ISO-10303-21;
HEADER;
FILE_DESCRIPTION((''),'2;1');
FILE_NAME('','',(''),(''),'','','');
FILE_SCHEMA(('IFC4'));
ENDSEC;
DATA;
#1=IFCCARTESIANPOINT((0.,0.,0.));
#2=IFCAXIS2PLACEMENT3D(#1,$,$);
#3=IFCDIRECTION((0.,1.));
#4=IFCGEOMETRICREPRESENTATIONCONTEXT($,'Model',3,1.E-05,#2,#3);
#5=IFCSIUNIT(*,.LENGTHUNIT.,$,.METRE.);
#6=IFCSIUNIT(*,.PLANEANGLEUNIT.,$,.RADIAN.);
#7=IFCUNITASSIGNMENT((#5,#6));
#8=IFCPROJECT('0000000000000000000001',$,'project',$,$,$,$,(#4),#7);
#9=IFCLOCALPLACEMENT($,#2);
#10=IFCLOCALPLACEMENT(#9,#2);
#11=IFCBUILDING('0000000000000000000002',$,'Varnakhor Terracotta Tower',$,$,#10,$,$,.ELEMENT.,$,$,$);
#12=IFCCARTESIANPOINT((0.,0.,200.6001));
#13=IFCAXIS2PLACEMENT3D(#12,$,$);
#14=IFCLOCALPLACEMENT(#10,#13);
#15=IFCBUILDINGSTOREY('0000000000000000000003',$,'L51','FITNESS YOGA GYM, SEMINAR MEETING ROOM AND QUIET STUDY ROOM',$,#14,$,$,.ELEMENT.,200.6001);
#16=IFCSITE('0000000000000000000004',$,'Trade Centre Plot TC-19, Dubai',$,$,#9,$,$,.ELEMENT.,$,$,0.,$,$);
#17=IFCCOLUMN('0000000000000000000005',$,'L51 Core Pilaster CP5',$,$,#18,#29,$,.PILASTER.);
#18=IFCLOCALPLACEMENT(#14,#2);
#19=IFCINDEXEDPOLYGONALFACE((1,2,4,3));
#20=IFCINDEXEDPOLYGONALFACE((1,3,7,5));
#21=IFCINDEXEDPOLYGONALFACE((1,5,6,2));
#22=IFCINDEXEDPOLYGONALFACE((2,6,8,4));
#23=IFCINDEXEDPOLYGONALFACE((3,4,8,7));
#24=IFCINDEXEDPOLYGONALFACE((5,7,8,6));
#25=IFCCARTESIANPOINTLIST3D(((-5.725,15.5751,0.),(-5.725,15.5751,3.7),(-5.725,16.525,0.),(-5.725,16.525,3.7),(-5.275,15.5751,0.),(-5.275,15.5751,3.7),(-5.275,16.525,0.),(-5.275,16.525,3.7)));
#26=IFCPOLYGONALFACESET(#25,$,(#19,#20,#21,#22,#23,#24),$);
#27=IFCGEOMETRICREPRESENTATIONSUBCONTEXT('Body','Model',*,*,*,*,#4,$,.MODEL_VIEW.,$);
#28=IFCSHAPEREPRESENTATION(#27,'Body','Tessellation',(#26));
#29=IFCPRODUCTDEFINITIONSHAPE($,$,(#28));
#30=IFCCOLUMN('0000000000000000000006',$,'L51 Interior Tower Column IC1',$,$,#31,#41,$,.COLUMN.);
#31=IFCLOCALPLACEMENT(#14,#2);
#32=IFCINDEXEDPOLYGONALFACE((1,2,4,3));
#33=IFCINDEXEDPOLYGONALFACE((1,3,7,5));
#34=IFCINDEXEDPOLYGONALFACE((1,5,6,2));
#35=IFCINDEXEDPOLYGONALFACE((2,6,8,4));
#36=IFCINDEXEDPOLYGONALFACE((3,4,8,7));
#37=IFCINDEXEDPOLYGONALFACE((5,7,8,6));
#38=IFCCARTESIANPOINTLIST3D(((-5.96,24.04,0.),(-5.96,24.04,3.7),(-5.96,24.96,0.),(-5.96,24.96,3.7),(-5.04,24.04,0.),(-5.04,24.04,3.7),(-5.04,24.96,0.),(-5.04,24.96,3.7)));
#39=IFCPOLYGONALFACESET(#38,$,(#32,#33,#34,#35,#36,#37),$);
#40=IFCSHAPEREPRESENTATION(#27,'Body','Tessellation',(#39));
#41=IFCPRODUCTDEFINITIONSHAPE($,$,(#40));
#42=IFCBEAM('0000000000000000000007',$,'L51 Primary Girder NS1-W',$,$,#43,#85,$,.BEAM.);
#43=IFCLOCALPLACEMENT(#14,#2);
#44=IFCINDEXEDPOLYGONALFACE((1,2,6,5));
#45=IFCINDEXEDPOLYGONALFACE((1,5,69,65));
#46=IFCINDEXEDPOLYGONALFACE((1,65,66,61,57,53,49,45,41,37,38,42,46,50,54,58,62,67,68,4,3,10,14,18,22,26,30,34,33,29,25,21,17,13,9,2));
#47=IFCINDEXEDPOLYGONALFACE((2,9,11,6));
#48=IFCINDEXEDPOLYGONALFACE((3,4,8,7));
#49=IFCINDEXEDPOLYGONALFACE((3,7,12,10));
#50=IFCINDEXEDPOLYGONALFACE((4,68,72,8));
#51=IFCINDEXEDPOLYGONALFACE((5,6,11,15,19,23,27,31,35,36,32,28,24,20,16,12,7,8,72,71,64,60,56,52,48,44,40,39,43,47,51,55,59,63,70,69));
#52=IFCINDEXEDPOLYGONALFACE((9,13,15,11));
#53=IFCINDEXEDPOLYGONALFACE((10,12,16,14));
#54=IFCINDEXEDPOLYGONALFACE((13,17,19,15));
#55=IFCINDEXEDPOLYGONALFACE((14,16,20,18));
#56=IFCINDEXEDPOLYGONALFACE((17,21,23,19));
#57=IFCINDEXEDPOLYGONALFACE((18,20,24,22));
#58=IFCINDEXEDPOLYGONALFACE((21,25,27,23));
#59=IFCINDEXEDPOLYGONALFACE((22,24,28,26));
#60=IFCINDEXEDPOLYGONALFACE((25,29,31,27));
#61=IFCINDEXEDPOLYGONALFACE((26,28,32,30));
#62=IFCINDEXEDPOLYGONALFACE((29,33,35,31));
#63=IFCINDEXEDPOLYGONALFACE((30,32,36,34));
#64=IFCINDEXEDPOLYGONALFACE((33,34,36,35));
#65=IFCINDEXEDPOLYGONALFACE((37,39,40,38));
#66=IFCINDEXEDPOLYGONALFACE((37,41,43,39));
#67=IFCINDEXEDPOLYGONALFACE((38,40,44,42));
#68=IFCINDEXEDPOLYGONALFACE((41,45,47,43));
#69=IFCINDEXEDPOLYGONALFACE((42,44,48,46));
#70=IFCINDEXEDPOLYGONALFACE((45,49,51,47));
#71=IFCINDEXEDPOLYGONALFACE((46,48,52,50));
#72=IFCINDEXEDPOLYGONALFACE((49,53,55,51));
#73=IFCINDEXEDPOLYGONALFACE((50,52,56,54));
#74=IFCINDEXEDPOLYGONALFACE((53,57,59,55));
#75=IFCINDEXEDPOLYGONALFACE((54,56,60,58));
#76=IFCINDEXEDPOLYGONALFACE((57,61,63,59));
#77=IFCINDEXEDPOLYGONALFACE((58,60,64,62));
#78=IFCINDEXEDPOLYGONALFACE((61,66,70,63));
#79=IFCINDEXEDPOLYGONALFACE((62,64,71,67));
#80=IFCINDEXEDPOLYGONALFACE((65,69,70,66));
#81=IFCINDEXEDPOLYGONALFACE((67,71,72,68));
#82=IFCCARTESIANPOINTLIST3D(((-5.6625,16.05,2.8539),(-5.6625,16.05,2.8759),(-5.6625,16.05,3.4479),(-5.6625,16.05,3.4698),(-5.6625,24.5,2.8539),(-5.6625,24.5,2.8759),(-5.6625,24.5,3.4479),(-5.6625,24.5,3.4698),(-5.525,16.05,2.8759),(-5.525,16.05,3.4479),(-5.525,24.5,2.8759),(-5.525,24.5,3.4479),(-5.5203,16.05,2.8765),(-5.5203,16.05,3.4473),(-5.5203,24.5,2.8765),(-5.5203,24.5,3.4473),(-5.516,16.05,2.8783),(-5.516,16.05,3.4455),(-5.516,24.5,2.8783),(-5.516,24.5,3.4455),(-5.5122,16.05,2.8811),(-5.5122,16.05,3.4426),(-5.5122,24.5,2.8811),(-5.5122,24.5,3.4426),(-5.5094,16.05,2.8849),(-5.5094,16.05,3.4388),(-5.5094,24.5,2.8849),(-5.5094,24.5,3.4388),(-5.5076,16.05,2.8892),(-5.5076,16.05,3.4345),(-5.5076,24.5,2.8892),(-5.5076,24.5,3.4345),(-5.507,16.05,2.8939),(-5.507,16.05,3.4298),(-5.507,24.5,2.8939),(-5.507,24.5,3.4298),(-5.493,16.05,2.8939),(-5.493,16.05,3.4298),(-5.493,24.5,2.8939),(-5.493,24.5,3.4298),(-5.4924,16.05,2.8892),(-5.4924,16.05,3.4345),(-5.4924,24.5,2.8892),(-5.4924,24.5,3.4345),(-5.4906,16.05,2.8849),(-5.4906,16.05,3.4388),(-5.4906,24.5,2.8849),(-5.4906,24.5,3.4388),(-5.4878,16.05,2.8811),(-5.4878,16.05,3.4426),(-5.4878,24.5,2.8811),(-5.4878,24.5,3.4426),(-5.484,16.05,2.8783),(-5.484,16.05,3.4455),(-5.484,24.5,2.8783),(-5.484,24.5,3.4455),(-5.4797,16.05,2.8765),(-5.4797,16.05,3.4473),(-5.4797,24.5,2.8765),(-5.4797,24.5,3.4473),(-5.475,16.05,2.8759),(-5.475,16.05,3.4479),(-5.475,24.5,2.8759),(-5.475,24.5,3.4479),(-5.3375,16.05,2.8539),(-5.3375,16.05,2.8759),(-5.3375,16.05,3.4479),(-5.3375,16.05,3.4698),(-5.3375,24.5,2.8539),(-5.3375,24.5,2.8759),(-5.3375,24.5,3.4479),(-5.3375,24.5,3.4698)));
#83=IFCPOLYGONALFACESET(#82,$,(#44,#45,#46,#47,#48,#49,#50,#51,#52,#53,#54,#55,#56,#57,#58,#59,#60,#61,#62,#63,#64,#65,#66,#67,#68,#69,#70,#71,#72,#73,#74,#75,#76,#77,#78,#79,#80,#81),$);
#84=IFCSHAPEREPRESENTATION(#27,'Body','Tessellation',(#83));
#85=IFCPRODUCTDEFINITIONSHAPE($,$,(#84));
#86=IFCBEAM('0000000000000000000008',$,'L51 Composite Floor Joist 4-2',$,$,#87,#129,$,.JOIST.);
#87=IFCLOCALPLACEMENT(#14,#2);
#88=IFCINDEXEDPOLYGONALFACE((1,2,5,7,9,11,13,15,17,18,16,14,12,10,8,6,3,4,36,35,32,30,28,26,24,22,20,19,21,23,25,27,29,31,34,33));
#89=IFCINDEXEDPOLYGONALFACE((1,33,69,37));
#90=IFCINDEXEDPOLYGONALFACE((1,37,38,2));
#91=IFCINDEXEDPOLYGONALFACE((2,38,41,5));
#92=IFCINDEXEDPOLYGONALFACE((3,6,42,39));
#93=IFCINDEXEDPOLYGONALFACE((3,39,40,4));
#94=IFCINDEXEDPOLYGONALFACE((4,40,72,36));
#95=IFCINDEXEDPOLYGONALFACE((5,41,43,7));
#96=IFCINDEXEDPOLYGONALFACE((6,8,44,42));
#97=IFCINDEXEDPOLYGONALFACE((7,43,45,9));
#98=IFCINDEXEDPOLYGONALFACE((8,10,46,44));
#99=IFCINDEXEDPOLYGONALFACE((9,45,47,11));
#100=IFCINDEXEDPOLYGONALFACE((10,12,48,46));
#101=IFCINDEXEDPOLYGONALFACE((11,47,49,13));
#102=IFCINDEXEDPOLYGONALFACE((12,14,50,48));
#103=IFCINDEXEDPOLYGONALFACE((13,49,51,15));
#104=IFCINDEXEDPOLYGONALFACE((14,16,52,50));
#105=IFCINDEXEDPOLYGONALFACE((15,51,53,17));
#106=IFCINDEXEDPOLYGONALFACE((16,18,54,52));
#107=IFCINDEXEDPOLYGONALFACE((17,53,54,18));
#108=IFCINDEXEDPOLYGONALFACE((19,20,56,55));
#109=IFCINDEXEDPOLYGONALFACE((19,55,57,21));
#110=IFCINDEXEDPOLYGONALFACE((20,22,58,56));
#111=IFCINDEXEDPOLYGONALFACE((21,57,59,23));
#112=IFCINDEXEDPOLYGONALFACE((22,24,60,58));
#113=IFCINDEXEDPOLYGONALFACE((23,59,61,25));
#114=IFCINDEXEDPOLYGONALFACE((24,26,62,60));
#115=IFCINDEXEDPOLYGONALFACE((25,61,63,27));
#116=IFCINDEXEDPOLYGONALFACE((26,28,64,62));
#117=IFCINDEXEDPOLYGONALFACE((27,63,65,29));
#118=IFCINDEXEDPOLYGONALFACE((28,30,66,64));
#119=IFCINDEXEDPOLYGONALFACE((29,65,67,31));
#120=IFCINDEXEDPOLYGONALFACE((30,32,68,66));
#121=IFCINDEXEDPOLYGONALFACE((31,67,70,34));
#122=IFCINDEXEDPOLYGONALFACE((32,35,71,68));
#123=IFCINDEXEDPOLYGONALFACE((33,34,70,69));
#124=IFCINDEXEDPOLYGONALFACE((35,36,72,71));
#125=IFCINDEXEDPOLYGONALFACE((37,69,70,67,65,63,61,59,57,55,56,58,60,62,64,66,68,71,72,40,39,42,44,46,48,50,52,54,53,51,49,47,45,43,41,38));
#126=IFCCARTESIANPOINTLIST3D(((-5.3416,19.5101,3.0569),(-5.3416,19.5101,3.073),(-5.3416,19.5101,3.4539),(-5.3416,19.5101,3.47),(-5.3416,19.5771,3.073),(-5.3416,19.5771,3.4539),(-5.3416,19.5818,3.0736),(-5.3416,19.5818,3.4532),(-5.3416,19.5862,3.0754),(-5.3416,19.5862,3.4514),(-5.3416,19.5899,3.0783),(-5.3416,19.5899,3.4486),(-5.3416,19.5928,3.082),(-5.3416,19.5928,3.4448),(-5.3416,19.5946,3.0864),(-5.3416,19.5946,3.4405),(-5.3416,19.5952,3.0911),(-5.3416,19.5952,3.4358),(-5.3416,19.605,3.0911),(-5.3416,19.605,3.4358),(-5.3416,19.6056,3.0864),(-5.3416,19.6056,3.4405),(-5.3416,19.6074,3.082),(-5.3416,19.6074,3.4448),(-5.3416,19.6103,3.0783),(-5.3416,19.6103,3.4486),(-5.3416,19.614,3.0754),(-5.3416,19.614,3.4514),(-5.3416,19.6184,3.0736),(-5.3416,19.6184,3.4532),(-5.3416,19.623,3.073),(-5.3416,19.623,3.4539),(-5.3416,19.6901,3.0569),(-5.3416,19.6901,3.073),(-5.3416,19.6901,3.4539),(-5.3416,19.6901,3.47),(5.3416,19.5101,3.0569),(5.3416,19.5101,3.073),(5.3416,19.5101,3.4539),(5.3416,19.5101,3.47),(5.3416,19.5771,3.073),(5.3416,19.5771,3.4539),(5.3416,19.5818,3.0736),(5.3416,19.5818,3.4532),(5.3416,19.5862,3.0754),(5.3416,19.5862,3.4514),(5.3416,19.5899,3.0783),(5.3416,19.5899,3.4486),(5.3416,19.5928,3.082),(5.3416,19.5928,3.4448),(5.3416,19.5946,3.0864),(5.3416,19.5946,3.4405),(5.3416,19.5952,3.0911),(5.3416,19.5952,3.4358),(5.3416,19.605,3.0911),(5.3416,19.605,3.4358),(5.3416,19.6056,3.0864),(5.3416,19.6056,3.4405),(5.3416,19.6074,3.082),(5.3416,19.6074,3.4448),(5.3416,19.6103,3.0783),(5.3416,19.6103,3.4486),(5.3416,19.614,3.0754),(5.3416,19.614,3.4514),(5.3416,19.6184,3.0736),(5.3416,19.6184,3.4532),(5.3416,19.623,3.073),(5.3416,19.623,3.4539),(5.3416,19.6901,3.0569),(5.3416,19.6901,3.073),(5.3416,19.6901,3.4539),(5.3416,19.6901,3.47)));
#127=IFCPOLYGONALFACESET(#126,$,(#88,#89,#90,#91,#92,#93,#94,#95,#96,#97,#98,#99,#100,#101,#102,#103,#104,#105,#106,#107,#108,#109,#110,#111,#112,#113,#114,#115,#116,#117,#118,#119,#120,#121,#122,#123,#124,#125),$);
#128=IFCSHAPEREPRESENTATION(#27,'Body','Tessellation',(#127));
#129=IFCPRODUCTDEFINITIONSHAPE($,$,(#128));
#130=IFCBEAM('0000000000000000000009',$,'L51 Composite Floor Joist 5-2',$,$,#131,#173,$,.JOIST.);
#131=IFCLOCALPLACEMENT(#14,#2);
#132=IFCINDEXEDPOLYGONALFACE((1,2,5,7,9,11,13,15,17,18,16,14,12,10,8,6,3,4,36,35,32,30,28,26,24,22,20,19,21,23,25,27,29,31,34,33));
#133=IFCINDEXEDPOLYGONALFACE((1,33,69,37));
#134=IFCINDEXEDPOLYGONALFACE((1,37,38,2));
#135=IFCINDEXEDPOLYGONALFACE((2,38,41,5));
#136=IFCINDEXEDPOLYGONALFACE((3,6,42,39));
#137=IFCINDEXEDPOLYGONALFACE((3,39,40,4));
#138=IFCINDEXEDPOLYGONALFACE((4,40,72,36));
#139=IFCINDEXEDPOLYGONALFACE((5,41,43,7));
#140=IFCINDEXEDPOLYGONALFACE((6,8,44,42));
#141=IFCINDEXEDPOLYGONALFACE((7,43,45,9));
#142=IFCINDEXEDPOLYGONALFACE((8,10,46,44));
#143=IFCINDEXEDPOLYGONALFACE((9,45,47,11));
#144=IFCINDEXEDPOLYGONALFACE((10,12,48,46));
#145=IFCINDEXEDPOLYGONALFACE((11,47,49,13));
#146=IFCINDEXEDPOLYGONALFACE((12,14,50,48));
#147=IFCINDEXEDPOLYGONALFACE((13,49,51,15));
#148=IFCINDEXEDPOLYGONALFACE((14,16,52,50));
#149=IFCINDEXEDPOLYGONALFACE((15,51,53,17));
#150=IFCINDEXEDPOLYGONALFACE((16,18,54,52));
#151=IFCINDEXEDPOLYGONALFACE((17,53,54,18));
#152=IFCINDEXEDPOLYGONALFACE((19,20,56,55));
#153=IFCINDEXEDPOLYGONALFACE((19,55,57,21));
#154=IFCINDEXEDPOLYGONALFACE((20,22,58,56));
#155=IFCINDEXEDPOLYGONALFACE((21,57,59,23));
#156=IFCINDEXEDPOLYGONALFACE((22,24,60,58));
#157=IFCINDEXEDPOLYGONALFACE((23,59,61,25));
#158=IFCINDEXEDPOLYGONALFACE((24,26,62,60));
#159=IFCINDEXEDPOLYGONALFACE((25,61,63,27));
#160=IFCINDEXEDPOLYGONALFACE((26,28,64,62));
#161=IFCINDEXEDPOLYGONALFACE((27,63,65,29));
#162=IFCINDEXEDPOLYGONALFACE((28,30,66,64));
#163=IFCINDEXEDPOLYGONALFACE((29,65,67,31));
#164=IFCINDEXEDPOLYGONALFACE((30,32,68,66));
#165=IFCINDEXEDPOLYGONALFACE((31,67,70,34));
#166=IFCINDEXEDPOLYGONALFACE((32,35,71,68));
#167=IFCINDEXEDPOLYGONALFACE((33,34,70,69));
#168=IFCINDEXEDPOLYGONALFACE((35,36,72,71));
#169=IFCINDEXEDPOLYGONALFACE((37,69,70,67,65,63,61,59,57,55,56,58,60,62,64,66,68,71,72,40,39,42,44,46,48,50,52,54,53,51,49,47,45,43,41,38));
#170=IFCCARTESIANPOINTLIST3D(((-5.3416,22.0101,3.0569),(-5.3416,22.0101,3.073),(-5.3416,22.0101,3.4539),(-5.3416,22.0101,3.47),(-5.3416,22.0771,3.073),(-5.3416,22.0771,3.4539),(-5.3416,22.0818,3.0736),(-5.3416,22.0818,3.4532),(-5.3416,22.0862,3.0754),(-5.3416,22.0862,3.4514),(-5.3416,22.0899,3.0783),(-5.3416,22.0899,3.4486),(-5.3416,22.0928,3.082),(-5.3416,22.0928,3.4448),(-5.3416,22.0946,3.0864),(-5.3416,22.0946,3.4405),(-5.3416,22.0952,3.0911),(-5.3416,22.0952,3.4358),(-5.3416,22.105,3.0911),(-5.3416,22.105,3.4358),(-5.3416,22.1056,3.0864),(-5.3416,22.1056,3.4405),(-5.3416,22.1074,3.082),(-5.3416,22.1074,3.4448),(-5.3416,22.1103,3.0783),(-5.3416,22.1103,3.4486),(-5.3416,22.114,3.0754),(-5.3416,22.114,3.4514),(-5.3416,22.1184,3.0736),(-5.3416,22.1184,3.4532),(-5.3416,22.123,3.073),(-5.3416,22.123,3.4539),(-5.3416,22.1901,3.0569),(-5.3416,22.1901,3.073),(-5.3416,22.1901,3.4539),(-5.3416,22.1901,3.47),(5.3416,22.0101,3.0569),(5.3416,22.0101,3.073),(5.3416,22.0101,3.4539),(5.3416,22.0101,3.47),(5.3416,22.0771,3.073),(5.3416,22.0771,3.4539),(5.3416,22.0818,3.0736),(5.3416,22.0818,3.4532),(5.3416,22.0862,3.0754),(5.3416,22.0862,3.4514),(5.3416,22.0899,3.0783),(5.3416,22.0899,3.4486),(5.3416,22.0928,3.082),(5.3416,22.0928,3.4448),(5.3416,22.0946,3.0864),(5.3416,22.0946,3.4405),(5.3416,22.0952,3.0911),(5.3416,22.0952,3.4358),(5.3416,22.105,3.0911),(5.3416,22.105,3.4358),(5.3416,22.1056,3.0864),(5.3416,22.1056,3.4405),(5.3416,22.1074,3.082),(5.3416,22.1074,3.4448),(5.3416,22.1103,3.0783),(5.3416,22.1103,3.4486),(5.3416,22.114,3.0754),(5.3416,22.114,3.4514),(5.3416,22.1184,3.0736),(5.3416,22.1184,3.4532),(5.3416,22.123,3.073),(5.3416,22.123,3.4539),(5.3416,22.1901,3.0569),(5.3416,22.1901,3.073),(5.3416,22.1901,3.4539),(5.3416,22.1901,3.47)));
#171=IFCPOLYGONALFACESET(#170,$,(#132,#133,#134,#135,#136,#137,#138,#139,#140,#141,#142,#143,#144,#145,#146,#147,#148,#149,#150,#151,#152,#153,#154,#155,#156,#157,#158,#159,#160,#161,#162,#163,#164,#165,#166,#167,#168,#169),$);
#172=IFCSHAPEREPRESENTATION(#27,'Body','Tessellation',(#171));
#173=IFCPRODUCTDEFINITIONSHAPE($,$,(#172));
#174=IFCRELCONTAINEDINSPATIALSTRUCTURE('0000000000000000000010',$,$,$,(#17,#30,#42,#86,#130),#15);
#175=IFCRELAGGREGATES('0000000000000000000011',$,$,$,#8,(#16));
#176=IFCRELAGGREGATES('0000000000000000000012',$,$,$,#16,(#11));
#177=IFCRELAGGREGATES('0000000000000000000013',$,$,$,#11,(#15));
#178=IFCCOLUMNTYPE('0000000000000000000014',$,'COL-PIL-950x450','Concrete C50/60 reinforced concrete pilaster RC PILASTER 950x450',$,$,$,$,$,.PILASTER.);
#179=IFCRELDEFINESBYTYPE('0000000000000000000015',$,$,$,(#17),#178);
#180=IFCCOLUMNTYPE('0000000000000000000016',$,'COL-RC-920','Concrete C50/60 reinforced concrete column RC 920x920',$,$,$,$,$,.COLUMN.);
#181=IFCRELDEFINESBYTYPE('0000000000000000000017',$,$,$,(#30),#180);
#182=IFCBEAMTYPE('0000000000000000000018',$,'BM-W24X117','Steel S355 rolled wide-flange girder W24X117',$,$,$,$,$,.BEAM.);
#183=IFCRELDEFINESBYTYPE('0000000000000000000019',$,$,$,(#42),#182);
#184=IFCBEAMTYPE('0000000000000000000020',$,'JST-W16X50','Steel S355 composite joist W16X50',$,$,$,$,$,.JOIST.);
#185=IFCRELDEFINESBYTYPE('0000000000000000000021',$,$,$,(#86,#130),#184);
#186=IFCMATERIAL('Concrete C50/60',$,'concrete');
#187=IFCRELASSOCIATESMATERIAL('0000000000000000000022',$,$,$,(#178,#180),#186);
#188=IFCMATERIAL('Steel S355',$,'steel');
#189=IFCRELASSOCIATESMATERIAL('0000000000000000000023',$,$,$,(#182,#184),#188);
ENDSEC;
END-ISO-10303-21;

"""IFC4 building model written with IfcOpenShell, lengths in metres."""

from ifc_helpers import new_model, si_unit, direction, frame, origin, origin_2d, place, context, subcontext, project, spatial, rectangle, i_section, extrude, source, transform, mapped, material, material_profile, profile_set, type_object, type_shapes, element, save


model = new_model("IFC4")

# Units and contexts
model_context = context("Model", 3, precision=1e-05, world=origin(), true_north=direction((0.0, 1.0)))
body_context = subcontext(model_context, "Body", "Model", "MODEL_VIEW")
ifc_project = project(units=[si_unit("LENGTHUNIT", "METRE"), si_unit("PLANEANGLEUNIT", "RADIAN")], contexts=[model_context])

# Site, building, storey
site_placement = place(None, origin())
site = spatial("IfcSite", under=ifc_project, at=site_placement, Name="Trade Centre Plot TC-19, Dubai", CompositionType="ELEMENT", RefElevation=0.0)
building_placement = place(site_placement, origin())
building = spatial("IfcBuilding", under=site, at=building_placement, Name="Varnakhor Terracotta Tower", CompositionType="ELEMENT")
storey_placement = place(building_placement, frame((0.0, 0.0, 200.6001)))
storey = spatial("IfcBuildingStorey", under=building, at=storey_placement, Name="L51", Description="FITNESS YOGA GYM, SEMINAR MEETING ROOM AND QUIET STUDY ROOM", CompositionType="ELEMENT", Elevation=200.6001)

# Columns
ifc_material_1 = material(Name="Concrete C50/60", Category="concrete")
ifc_material_profile_1 = material_profile(ifc_material_1, rectangle(XDim=0.45, YDim=0.95, at=origin_2d()), Name="RC PILASTER 950x450")
ifc_profile_set_1 = profile_set([ifc_material_profile_1], Name="Concrete C50/60")
column_type_1 = type_object("IfcColumnType", Name="COL-PIL-950x450", Description="Concrete C50/60 reinforced concrete pilaster RC PILASTER 950x450", PredefinedType="PILASTER", material=ifc_profile_set_1)
shared_shape_1 = source(origin(), body_context, "Body", "SweptSolid", [
    extrude(rectangle(XDim=0.45, YDim=0.95, at=origin_2d()), origin(), (0.0, 0.0, 1.0), 3.7),
])
column_1_placement = place(storey_placement, frame((-5.5, 16.05, 0.0), z_axis=(0.0, 0.0, 1.0), x_axis=(1.0, 0.0, 0.0)))
element("IfcColumn", 1, at=column_1_placement, inside=storey, type_object=column_type_1, Name="L51 Core Pilaster CP5", PredefinedType="PILASTER", context=body_context, shape_type="MappedRepresentation", body=[
    mapped(shared_shape_1, transform((0.0, 0.0, 0.0), scale=1.0)),
])
ifc_material_profile_2 = material_profile(ifc_material_1, rectangle(XDim=0.9199, YDim=0.9199, at=origin_2d()), Name="RC 920x920")
ifc_profile_set_2 = profile_set([ifc_material_profile_2], Name="Concrete C50/60")
column_type_2 = type_object("IfcColumnType", Name="COL-RC-920", Description="Concrete C50/60 reinforced concrete column RC 920x920", PredefinedType="COLUMN", material=ifc_profile_set_2)
shared_shape_2 = source(origin(), body_context, "Body", "SweptSolid", [
    extrude(rectangle(XDim=0.9199, YDim=0.9199, at=origin_2d()), origin(), (0.0, 0.0, 1.0), 3.7),
])
column_2_placement = place(storey_placement, frame((-5.5, 24.5, 0.0), z_axis=(0.0, 0.0, 1.0), x_axis=(1.0, 0.0, 0.0)))
element("IfcColumn", 2, at=column_2_placement, inside=storey, type_object=column_type_2, Name="L51 Interior Tower Column IC1", PredefinedType="COLUMN", context=body_context, shape_type="MappedRepresentation", body=[
    mapped(shared_shape_2, transform((0.0, 0.0, 0.0), scale=1.0)),
])

# Beams
ifc_material_2 = material(Name="Steel S355", Category="steel")
ifc_material_profile_3 = material_profile(ifc_material_2, i_section(OverallWidth=0.325, OverallDepth=0.616, WebThickness=0.0139, FlangeThickness=0.022, FilletRadius=0.0181, at=origin_2d()), Name="W24X117")
ifc_profile_set_3 = profile_set([ifc_material_profile_3], Name="Steel S355")
beam_type_1 = type_object("IfcBeamType", Name="BM-W24X117", Description="Steel S355 rolled wide-flange girder W24X117", PredefinedType="BEAM", material=ifc_profile_set_3)
shared_shape_3 = source(origin(), body_context, "Body", "SweptSolid", [
    extrude(i_section(OverallWidth=0.325, OverallDepth=0.616, WebThickness=0.0139, FlangeThickness=0.022, FilletRadius=0.0181, at=origin_2d()), origin(), (0.0, 0.0, 1.0), 8.45),
])
type_shapes(beam_type_1, [shared_shape_3])
beam_placement = place(storey_placement, frame((-5.5, 16.05, 3.1619), z_axis=(0.0, 1.0, 0.0), x_axis=(-1.0, 0.0, 0.0)))
element("IfcBeam", 3, at=beam_placement, inside=storey, type_object=beam_type_1, Name="L51 Primary Girder NS1-W", PredefinedType="BEAM", context=body_context, shape_type="MappedRepresentation", body=[
    mapped(shared_shape_3, transform((0.0, 0.0, 0.0), scale=1.0)),
])
ifc_material_profile_4 = material_profile(ifc_material_2, i_section(OverallWidth=0.1799, OverallDepth=0.4131, WebThickness=0.0098, FlangeThickness=0.0161, FilletRadius=0.0181, at=origin_2d()), Name="W16X50")
ifc_profile_set_4 = profile_set([ifc_material_profile_4], Name="Steel S355")
beam_type_2 = type_object("IfcBeamType", Name="JST-W16X50", Description="Steel S355 composite joist W16X50", PredefinedType="JOIST", material=ifc_profile_set_4)
shared_shape_4 = source(origin(), body_context, "Body", "SweptSolid", [
    extrude(i_section(OverallWidth=0.1799, OverallDepth=0.4131, WebThickness=0.0098, FlangeThickness=0.0161, FilletRadius=0.0181, at=origin_2d()), origin(), (0.0, 0.0, 1.0), 10.6831),
])
for number, where, z_axis, x_axis, name in (
    (4, (-5.3416, 19.6001, 3.2634), (1.0, 0.0, 0.0), (0.0, 1.0, 0.0), "L51 Composite Floor Joist 4-2"),
    (5, (-5.3416, 22.1001, 3.2634), (1.0, 0.0, 0.0), (0.0, 1.0, 0.0), "L51 Composite Floor Joist 5-2"),
):
    element("IfcBeam", number, at=place(storey_placement, frame(where, z_axis=z_axis, x_axis=x_axis)), inside=storey, type_object=beam_type_2, Name=name, PredefinedType="JOIST", context=body_context, shape_type="MappedRepresentation", body=[
        mapped(shared_shape_4, transform((0.0, 0.0, 0.0), scale=1.0)),
    ])

save(model, "model.ifc")
